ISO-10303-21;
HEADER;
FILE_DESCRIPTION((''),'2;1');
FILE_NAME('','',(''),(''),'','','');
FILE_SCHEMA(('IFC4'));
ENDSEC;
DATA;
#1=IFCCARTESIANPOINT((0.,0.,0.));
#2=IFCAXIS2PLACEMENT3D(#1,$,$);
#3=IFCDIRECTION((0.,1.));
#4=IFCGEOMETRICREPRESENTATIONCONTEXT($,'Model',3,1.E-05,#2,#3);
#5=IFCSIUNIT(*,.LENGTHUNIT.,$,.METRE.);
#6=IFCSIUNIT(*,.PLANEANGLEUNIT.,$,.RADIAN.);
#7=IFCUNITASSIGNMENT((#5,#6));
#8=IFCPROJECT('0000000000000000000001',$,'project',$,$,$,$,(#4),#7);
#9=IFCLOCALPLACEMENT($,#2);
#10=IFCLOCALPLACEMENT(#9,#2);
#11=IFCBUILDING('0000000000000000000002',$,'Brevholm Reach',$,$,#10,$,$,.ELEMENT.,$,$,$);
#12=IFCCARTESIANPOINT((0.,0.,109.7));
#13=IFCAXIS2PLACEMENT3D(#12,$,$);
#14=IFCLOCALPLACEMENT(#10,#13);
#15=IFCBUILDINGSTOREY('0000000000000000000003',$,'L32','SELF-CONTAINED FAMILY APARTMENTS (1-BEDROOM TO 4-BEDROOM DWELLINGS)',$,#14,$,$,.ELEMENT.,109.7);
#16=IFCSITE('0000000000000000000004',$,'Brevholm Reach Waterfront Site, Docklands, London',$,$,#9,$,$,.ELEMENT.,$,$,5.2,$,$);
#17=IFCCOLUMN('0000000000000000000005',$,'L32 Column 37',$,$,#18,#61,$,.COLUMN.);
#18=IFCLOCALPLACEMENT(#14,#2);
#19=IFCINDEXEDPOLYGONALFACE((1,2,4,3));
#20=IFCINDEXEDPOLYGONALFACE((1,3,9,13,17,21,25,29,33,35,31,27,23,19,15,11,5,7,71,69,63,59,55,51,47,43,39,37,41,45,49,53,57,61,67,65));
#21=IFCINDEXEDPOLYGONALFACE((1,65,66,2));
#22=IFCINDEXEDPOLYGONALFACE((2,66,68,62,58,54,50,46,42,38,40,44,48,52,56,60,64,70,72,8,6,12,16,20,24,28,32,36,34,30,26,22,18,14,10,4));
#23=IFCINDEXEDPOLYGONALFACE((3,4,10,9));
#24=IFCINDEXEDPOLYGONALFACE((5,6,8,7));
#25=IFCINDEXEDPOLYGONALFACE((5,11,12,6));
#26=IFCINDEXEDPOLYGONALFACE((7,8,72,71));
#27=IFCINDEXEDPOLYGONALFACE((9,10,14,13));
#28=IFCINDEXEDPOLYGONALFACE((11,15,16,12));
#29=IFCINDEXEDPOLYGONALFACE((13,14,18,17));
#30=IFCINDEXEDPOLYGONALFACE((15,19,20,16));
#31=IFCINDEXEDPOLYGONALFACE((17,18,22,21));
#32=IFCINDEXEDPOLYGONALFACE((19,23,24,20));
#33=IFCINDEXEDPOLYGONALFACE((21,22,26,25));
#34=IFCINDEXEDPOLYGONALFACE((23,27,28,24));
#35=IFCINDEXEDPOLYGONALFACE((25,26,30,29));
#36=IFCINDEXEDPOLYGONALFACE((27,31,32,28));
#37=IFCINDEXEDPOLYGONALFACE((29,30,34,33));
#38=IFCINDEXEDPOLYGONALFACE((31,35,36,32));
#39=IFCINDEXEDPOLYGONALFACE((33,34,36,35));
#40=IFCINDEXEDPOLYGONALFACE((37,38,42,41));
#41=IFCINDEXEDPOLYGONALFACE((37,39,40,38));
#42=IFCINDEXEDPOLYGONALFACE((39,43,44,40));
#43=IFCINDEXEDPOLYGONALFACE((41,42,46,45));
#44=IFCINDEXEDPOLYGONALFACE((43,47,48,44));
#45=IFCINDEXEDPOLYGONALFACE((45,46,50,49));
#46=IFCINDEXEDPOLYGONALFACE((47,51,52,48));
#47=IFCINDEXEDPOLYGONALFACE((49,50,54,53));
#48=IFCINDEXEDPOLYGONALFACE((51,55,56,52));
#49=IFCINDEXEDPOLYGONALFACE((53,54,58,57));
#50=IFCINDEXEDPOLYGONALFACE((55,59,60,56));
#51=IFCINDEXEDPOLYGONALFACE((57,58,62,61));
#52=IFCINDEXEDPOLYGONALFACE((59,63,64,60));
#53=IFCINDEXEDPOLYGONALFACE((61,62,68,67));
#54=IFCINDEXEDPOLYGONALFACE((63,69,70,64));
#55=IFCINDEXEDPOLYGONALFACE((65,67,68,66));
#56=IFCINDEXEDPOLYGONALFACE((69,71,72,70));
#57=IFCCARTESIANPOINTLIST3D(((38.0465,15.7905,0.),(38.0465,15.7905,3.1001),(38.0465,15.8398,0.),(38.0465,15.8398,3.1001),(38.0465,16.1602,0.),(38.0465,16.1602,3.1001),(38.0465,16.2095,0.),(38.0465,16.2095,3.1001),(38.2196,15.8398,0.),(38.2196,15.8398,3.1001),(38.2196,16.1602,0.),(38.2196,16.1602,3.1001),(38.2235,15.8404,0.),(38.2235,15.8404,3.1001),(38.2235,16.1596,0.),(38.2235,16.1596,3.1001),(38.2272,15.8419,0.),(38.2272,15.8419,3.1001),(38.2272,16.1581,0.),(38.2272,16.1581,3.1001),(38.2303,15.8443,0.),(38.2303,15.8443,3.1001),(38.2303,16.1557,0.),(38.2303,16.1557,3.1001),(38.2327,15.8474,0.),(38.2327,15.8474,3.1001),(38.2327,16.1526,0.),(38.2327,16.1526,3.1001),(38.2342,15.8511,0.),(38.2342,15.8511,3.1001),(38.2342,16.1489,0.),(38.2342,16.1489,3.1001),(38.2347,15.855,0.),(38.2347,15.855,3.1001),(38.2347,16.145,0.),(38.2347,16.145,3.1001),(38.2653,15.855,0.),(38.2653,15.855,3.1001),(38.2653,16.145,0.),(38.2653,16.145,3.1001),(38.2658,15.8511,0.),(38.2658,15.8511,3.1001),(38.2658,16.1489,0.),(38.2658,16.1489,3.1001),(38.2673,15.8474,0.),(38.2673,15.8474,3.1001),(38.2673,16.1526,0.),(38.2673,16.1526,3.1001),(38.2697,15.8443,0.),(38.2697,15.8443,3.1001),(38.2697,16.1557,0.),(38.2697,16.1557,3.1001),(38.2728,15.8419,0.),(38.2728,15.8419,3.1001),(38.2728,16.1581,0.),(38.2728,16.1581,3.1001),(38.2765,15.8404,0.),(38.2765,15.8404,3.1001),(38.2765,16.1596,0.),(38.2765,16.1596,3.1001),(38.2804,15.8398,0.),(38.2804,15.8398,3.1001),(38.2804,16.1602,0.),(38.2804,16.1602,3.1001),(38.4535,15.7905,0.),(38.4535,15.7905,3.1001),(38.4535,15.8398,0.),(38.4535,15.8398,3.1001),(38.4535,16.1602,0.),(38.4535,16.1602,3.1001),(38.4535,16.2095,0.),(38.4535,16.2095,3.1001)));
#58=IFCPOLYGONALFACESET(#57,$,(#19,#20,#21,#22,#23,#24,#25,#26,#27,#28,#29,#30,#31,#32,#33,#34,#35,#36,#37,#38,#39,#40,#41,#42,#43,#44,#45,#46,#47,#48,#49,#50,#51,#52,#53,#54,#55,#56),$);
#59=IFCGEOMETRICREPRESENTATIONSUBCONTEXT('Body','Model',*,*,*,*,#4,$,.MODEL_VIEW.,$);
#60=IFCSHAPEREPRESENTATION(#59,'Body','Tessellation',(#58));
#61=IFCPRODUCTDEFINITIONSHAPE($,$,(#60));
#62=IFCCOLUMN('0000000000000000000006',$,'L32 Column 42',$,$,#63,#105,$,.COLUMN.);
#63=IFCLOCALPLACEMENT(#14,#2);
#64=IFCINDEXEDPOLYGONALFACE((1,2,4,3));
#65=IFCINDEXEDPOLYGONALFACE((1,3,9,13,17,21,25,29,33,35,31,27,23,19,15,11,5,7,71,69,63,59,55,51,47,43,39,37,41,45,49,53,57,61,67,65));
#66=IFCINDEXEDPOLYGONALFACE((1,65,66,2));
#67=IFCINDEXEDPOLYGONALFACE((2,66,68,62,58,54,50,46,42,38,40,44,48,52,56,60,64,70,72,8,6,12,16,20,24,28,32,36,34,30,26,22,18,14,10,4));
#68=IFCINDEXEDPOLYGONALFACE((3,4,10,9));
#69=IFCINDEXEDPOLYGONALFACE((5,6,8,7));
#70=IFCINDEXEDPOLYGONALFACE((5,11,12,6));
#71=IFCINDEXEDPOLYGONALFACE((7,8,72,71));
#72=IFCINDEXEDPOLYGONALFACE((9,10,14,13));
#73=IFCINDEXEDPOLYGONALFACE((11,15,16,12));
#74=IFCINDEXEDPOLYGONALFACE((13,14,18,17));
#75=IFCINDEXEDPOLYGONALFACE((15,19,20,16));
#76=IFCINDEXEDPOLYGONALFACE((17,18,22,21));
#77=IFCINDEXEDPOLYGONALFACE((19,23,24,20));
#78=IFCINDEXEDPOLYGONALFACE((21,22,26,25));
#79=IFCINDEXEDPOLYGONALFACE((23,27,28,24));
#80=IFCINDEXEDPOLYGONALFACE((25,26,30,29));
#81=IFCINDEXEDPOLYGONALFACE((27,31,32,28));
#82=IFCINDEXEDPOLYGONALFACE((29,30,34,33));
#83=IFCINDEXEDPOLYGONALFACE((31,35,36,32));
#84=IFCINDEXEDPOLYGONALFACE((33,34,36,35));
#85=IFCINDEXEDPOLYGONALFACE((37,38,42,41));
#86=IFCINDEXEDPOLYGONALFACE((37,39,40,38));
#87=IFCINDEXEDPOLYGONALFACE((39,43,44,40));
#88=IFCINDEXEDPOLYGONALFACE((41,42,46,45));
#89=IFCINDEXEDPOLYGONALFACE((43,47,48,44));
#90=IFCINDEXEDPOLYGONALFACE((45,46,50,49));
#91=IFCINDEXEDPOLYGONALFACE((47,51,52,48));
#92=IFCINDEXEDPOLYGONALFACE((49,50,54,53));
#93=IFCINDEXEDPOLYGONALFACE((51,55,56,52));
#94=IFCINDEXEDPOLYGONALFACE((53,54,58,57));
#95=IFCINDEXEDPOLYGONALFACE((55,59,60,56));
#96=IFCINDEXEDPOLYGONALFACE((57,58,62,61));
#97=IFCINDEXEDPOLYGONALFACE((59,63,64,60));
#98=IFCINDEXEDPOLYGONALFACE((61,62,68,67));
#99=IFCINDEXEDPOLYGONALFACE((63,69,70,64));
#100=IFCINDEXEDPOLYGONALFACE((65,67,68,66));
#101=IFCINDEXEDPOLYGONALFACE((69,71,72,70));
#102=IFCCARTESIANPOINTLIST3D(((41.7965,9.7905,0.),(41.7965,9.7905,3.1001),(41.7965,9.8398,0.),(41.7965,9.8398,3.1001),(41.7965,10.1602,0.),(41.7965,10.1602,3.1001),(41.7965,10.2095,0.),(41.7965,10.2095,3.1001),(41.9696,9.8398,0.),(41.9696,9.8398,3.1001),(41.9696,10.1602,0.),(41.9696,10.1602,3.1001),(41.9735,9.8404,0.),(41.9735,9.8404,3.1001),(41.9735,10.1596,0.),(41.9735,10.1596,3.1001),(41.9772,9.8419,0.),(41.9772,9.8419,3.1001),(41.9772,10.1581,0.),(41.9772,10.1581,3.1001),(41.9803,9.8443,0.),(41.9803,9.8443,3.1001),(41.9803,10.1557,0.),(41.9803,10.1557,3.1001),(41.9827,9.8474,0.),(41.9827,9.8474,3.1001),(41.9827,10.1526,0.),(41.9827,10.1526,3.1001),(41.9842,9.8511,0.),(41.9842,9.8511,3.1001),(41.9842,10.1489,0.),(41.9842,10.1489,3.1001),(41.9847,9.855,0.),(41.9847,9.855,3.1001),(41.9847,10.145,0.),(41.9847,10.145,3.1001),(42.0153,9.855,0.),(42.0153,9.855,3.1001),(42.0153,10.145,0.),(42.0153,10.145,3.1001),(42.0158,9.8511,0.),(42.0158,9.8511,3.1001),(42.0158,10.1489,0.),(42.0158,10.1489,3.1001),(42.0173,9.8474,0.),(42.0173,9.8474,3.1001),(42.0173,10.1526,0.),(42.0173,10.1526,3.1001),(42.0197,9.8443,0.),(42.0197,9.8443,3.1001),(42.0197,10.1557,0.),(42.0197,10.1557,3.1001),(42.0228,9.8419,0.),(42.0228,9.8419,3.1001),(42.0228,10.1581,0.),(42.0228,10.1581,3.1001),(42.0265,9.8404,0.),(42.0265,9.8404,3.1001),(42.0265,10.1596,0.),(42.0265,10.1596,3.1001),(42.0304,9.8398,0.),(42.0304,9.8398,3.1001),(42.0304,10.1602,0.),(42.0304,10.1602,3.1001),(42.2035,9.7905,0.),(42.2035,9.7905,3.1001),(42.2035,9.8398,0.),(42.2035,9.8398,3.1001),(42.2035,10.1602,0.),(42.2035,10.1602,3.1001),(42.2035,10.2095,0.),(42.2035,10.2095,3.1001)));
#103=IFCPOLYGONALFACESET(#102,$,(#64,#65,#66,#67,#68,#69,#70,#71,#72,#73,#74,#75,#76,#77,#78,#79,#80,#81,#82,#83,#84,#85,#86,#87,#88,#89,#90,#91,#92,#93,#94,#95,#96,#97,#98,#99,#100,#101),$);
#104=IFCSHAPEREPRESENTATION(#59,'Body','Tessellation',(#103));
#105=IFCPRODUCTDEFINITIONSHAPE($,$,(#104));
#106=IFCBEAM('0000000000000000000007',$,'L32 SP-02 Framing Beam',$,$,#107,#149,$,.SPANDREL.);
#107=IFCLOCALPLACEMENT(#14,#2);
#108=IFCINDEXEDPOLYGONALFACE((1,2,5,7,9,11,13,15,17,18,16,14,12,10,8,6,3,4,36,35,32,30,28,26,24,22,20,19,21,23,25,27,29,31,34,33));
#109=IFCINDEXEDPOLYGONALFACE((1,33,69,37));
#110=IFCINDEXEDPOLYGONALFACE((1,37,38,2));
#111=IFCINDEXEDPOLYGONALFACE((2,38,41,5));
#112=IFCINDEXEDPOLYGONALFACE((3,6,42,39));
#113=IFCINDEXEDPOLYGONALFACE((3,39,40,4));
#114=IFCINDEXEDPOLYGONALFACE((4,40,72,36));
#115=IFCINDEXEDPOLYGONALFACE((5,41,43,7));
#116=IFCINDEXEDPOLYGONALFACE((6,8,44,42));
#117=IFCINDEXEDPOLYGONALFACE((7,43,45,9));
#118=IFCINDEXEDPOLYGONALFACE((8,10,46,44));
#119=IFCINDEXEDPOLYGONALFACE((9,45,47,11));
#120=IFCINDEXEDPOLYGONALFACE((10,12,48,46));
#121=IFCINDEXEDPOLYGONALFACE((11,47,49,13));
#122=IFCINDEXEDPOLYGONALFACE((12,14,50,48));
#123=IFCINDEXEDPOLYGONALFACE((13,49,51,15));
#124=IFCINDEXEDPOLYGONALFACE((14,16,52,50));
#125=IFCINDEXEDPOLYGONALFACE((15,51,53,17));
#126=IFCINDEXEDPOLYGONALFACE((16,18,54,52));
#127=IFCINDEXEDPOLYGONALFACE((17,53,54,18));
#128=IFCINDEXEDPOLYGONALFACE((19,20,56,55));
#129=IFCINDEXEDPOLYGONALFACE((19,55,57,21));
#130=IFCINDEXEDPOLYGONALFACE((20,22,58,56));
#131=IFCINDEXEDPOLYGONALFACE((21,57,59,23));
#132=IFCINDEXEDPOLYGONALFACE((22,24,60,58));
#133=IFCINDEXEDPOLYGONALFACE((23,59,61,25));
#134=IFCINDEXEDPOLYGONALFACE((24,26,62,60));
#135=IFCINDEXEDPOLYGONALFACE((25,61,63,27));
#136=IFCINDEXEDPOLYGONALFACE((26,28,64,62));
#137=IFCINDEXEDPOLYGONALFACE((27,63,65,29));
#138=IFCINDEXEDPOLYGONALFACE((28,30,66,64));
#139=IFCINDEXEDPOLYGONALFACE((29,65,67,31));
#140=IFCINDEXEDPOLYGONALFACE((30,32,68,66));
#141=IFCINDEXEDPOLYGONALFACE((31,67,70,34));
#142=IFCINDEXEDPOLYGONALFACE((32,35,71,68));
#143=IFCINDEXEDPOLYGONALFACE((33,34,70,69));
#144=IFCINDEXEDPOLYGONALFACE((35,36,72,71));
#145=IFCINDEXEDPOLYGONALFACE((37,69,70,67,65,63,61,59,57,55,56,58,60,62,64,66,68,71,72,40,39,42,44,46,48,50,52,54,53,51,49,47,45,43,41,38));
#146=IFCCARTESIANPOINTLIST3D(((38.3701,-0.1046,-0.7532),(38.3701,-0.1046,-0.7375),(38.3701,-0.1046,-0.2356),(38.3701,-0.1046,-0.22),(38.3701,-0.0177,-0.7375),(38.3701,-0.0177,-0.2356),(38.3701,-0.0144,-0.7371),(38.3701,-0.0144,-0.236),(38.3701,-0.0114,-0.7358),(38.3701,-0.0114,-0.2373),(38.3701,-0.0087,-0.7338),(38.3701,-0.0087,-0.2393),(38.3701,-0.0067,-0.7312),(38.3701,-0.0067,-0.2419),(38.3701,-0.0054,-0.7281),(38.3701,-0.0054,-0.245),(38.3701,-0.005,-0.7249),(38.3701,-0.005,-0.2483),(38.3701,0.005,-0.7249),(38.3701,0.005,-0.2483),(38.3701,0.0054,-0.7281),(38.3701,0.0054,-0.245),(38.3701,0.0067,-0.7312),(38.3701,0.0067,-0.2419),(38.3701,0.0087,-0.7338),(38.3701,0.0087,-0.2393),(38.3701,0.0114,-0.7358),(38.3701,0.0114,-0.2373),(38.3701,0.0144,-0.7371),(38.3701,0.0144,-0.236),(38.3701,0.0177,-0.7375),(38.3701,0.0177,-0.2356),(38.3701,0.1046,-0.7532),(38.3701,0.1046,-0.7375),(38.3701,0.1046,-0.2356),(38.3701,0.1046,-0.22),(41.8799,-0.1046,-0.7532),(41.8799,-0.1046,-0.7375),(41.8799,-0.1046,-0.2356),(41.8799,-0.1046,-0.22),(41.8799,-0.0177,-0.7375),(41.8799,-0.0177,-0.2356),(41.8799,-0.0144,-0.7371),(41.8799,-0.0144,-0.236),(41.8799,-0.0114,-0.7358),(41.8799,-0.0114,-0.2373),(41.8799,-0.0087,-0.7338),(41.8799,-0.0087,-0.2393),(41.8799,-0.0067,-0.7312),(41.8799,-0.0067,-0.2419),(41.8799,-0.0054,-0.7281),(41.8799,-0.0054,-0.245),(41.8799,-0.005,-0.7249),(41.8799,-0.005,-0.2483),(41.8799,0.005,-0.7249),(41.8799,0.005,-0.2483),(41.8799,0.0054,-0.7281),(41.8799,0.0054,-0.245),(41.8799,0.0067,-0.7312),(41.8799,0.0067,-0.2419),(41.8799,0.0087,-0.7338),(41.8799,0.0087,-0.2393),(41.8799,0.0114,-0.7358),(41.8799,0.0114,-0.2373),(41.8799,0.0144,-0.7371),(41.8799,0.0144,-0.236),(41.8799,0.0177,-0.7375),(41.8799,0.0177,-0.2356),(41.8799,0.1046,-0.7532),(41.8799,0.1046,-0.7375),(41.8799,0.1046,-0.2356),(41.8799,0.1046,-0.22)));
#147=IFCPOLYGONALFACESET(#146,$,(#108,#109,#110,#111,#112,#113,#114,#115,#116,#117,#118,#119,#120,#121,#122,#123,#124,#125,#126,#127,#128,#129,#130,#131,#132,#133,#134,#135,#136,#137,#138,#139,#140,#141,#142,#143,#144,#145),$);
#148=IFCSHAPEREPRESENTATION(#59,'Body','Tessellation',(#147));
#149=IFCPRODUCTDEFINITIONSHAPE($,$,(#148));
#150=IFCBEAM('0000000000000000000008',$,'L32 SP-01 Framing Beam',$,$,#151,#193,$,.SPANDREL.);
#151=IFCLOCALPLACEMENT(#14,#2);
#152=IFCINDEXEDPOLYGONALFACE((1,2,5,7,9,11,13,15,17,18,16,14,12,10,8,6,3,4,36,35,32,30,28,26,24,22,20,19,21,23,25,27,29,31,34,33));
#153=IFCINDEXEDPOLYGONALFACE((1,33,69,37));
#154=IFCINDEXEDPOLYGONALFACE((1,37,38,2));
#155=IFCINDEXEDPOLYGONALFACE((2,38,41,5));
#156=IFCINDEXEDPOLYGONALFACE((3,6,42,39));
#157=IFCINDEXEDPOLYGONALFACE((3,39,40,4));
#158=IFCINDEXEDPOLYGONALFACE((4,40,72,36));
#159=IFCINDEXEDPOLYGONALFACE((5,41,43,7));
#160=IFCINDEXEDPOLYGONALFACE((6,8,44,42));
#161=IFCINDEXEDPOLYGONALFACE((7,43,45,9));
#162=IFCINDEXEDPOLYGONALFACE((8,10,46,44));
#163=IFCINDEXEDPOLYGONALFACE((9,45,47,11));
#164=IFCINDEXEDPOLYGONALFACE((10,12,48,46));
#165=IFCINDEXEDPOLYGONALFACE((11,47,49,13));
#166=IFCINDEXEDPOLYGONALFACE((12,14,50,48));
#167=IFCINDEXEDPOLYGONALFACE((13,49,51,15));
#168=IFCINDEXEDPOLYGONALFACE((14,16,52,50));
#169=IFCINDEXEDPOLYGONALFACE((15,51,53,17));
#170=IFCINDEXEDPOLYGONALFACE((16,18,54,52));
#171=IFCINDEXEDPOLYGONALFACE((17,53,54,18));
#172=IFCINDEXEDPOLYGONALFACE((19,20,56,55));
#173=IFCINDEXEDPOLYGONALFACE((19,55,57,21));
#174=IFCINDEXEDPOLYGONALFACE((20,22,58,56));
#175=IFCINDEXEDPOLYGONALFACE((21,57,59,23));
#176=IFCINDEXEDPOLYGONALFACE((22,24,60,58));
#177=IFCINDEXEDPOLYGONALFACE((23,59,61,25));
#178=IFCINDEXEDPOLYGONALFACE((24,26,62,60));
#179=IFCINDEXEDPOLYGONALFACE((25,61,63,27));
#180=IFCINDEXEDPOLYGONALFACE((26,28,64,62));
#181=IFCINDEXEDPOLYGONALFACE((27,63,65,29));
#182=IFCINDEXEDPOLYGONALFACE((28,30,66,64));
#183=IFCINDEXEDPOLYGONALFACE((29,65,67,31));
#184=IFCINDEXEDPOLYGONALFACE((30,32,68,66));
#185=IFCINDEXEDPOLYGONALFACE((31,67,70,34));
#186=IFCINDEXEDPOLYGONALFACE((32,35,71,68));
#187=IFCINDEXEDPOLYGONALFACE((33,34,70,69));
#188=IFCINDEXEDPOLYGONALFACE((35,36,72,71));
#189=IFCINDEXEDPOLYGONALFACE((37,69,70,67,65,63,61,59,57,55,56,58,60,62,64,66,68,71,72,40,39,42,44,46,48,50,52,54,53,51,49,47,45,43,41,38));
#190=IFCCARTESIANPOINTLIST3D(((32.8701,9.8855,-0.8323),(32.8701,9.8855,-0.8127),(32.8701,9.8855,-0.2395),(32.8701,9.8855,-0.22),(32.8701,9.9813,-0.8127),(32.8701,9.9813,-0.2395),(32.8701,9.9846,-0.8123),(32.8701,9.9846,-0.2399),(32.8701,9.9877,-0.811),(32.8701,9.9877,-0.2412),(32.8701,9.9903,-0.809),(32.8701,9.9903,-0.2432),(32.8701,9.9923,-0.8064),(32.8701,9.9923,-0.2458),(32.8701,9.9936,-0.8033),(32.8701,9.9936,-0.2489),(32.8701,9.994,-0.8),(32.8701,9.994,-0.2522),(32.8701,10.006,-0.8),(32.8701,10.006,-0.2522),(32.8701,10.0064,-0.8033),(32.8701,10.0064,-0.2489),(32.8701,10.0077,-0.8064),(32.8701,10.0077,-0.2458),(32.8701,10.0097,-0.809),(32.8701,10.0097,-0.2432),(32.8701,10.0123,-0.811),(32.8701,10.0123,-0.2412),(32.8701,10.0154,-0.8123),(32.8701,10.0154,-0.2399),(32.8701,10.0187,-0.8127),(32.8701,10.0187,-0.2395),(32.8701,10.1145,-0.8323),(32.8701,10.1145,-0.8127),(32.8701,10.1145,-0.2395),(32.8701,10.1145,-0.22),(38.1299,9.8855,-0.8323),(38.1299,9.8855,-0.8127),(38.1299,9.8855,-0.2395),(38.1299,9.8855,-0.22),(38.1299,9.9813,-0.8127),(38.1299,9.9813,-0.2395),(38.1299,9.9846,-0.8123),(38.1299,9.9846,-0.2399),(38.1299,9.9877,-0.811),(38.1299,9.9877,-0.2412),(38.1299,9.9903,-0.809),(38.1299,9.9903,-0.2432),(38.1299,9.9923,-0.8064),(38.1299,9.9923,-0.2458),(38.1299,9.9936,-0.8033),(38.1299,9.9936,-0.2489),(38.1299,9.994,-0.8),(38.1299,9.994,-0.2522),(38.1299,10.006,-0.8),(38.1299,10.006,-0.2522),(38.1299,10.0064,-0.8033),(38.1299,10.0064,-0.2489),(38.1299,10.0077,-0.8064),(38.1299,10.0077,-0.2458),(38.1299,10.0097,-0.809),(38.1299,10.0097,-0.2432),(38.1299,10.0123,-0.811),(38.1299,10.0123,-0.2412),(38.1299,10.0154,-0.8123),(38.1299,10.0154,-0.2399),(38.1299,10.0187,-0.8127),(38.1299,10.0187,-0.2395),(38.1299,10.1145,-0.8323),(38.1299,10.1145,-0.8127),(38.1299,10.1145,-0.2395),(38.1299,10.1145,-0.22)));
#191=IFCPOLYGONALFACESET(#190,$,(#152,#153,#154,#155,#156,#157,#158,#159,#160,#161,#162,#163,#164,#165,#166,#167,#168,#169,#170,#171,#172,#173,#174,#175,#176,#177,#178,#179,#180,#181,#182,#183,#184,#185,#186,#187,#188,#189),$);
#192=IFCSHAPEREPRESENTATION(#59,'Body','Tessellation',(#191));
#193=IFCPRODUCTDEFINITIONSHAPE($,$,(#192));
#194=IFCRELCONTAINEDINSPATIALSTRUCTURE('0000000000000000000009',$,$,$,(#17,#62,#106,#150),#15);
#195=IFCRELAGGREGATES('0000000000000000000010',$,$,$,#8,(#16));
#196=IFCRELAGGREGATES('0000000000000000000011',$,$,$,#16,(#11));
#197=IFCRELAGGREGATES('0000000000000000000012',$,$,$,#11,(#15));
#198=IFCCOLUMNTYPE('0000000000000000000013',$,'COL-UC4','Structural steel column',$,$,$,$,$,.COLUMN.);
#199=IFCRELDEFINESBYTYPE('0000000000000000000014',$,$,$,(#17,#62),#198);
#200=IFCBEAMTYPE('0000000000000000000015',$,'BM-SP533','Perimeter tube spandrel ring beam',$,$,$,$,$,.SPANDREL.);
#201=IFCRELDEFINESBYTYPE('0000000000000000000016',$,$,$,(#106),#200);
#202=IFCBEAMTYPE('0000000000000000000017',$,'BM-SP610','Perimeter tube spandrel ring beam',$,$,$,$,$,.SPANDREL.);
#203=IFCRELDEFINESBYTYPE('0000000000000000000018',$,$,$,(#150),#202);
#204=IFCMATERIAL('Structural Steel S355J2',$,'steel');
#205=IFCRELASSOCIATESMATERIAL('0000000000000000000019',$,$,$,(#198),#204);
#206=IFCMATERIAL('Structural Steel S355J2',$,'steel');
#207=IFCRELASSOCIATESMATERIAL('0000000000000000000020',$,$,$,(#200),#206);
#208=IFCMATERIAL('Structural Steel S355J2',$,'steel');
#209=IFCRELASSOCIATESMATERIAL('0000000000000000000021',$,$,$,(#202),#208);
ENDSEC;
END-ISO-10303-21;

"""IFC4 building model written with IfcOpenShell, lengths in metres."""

from ifc_helpers import new_model, si_unit, direction, frame, origin, origin_2d, place, context, subcontext, project, spatial, i_section, extrude, material, material_profile, profile_set, type_object, element, save


model = new_model("IFC4")

# Units and contexts
model_context = context("Model", 3, precision=1e-05, world=origin(), true_north=direction((0.0, 1.0)))
body_context = subcontext(model_context, "Body", "Model", "MODEL_VIEW")
ifc_project = project(units=[si_unit("LENGTHUNIT", "METRE"), si_unit("PLANEANGLEUNIT", "RADIAN")], contexts=[model_context])

# Site, building, storey
site_placement = place(None, origin())
site = spatial("IfcSite", under=ifc_project, at=site_placement, Name="Brevholm Reach Waterfront Site, Docklands, London", CompositionType="ELEMENT", RefElevation=5.2)
building_placement = place(site_placement, origin())
building = spatial("IfcBuilding", under=site, at=building_placement, Name="Brevholm Reach", CompositionType="ELEMENT")
storey_placement = place(building_placement, frame((0.0, 0.0, 109.7)))
storey = spatial("IfcBuildingStorey", under=building, at=storey_placement, Name="L32", Description="SELF-CONTAINED FAMILY APARTMENTS (1-BEDROOM TO 4-BEDROOM DWELLINGS)", CompositionType="ELEMENT", Elevation=109.7)

# Columns
ifc_material_1 = material(Name="Structural Steel S355J2", Category="steel")
ifc_material_profile_1 = material_profile(ifc_material_1, i_section(OverallWidth=0.407, OverallDepth=0.4189, WebThickness=0.0305, FlangeThickness=0.0493, FilletRadius=0.0151, at=origin_2d()), Name="UKC 356x406x393")
ifc_profile_set_1 = profile_set([ifc_material_profile_1], Name="Structural Steel S355J2")
column_type_1 = type_object("IfcColumnType", Name="COL-UC4", Description="Structural steel column", PredefinedType="COLUMN", material=ifc_profile_set_1)
for number, where, z_axis, x_axis, name in (
    (1, (38.25, 16.0, 0.0), (0.0, 0.0, 1.0), (1.0, 0.0, 0.0), "L32 Column 37"),
    (2, (42.0, 10.0, 0.0), (0.0, 0.0, 1.0), (1.0, 0.0, 0.0), "L32 Column 42"),
):
    element("IfcColumn", number, at=place(storey_placement, frame(where, z_axis=z_axis, x_axis=x_axis)), inside=storey, type_object=column_type_1, Name=name, PredefinedType="COLUMN", context=body_context, shape_type="SweptSolid", body=[
        extrude(i_section(OverallWidth=0.407, OverallDepth=0.4189, WebThickness=0.0305, FlangeThickness=0.0493, FilletRadius=0.0151, at=origin_2d()), origin(), (0.0, 0.0, 1.0), 3.1001),
    ])

# Beams
ifc_material_2 = material(Name="Structural Steel S355J2", Category="steel")
ifc_material_profile_2 = material_profile(ifc_material_2, i_section(OverallWidth=0.2092, OverallDepth=0.5332, WebThickness=0.01, FlangeThickness=0.0156, FilletRadius=0.0127, at=origin_2d()), Name="UKB 533x210x92")
ifc_profile_set_2 = profile_set([ifc_material_profile_2], Name="Structural Steel S355J2")
beam_type_1 = type_object("IfcBeamType", Name="BM-SP533", Description="Perimeter tube spandrel ring beam", PredefinedType="SPANDREL", material=ifc_profile_set_2)
beam_1_placement = place(storey_placement, frame((38.3701, 0.0, -0.4866), z_axis=(1.0, 0.0, 0.0), x_axis=(0.0, 1.0, 0.0)))
element("IfcBeam", 3, at=beam_1_placement, inside=storey, type_object=beam_type_1, Name="L32 SP-02 Framing Beam", PredefinedType="SPANDREL", context=body_context, shape_type="SweptSolid", body=[
    extrude(i_section(OverallWidth=0.2092, OverallDepth=0.5332, WebThickness=0.01, FlangeThickness=0.0156, FilletRadius=0.0127, at=origin_2d()), origin(), (0.0, 0.0, 1.0), 3.5098),
])
ifc_material_3 = material(Name="Structural Steel S355J2", Category="steel")
ifc_material_profile_3 = material_profile(ifc_material_3, i_section(OverallWidth=0.229, OverallDepth=0.6123, WebThickness=0.012, FlangeThickness=0.0195, FilletRadius=0.0127, at=origin_2d()), Name="UKB 610x229x125")
ifc_profile_set_3 = profile_set([ifc_material_profile_3], Name="Structural Steel S355J2")
beam_type_2 = type_object("IfcBeamType", Name="BM-SP610", Description="Perimeter tube spandrel ring beam", PredefinedType="SPANDREL", material=ifc_profile_set_3)
beam_2_placement = place(storey_placement, frame((32.8701, 10.0, -0.5261), z_axis=(1.0, 0.0, 0.0), x_axis=(0.0, 1.0, 0.0)))
element("IfcBeam", 4, at=beam_2_placement, inside=storey, type_object=beam_type_2, Name="L32 SP-01 Framing Beam", PredefinedType="SPANDREL", context=body_context, shape_type="SweptSolid", body=[
    extrude(i_section(OverallWidth=0.229, OverallDepth=0.6123, WebThickness=0.012, FlangeThickness=0.0195, FilletRadius=0.0127, at=origin_2d()), origin(), (0.0, 0.0, 1.0), 5.2598),
])

save(model, "model.ifc")
